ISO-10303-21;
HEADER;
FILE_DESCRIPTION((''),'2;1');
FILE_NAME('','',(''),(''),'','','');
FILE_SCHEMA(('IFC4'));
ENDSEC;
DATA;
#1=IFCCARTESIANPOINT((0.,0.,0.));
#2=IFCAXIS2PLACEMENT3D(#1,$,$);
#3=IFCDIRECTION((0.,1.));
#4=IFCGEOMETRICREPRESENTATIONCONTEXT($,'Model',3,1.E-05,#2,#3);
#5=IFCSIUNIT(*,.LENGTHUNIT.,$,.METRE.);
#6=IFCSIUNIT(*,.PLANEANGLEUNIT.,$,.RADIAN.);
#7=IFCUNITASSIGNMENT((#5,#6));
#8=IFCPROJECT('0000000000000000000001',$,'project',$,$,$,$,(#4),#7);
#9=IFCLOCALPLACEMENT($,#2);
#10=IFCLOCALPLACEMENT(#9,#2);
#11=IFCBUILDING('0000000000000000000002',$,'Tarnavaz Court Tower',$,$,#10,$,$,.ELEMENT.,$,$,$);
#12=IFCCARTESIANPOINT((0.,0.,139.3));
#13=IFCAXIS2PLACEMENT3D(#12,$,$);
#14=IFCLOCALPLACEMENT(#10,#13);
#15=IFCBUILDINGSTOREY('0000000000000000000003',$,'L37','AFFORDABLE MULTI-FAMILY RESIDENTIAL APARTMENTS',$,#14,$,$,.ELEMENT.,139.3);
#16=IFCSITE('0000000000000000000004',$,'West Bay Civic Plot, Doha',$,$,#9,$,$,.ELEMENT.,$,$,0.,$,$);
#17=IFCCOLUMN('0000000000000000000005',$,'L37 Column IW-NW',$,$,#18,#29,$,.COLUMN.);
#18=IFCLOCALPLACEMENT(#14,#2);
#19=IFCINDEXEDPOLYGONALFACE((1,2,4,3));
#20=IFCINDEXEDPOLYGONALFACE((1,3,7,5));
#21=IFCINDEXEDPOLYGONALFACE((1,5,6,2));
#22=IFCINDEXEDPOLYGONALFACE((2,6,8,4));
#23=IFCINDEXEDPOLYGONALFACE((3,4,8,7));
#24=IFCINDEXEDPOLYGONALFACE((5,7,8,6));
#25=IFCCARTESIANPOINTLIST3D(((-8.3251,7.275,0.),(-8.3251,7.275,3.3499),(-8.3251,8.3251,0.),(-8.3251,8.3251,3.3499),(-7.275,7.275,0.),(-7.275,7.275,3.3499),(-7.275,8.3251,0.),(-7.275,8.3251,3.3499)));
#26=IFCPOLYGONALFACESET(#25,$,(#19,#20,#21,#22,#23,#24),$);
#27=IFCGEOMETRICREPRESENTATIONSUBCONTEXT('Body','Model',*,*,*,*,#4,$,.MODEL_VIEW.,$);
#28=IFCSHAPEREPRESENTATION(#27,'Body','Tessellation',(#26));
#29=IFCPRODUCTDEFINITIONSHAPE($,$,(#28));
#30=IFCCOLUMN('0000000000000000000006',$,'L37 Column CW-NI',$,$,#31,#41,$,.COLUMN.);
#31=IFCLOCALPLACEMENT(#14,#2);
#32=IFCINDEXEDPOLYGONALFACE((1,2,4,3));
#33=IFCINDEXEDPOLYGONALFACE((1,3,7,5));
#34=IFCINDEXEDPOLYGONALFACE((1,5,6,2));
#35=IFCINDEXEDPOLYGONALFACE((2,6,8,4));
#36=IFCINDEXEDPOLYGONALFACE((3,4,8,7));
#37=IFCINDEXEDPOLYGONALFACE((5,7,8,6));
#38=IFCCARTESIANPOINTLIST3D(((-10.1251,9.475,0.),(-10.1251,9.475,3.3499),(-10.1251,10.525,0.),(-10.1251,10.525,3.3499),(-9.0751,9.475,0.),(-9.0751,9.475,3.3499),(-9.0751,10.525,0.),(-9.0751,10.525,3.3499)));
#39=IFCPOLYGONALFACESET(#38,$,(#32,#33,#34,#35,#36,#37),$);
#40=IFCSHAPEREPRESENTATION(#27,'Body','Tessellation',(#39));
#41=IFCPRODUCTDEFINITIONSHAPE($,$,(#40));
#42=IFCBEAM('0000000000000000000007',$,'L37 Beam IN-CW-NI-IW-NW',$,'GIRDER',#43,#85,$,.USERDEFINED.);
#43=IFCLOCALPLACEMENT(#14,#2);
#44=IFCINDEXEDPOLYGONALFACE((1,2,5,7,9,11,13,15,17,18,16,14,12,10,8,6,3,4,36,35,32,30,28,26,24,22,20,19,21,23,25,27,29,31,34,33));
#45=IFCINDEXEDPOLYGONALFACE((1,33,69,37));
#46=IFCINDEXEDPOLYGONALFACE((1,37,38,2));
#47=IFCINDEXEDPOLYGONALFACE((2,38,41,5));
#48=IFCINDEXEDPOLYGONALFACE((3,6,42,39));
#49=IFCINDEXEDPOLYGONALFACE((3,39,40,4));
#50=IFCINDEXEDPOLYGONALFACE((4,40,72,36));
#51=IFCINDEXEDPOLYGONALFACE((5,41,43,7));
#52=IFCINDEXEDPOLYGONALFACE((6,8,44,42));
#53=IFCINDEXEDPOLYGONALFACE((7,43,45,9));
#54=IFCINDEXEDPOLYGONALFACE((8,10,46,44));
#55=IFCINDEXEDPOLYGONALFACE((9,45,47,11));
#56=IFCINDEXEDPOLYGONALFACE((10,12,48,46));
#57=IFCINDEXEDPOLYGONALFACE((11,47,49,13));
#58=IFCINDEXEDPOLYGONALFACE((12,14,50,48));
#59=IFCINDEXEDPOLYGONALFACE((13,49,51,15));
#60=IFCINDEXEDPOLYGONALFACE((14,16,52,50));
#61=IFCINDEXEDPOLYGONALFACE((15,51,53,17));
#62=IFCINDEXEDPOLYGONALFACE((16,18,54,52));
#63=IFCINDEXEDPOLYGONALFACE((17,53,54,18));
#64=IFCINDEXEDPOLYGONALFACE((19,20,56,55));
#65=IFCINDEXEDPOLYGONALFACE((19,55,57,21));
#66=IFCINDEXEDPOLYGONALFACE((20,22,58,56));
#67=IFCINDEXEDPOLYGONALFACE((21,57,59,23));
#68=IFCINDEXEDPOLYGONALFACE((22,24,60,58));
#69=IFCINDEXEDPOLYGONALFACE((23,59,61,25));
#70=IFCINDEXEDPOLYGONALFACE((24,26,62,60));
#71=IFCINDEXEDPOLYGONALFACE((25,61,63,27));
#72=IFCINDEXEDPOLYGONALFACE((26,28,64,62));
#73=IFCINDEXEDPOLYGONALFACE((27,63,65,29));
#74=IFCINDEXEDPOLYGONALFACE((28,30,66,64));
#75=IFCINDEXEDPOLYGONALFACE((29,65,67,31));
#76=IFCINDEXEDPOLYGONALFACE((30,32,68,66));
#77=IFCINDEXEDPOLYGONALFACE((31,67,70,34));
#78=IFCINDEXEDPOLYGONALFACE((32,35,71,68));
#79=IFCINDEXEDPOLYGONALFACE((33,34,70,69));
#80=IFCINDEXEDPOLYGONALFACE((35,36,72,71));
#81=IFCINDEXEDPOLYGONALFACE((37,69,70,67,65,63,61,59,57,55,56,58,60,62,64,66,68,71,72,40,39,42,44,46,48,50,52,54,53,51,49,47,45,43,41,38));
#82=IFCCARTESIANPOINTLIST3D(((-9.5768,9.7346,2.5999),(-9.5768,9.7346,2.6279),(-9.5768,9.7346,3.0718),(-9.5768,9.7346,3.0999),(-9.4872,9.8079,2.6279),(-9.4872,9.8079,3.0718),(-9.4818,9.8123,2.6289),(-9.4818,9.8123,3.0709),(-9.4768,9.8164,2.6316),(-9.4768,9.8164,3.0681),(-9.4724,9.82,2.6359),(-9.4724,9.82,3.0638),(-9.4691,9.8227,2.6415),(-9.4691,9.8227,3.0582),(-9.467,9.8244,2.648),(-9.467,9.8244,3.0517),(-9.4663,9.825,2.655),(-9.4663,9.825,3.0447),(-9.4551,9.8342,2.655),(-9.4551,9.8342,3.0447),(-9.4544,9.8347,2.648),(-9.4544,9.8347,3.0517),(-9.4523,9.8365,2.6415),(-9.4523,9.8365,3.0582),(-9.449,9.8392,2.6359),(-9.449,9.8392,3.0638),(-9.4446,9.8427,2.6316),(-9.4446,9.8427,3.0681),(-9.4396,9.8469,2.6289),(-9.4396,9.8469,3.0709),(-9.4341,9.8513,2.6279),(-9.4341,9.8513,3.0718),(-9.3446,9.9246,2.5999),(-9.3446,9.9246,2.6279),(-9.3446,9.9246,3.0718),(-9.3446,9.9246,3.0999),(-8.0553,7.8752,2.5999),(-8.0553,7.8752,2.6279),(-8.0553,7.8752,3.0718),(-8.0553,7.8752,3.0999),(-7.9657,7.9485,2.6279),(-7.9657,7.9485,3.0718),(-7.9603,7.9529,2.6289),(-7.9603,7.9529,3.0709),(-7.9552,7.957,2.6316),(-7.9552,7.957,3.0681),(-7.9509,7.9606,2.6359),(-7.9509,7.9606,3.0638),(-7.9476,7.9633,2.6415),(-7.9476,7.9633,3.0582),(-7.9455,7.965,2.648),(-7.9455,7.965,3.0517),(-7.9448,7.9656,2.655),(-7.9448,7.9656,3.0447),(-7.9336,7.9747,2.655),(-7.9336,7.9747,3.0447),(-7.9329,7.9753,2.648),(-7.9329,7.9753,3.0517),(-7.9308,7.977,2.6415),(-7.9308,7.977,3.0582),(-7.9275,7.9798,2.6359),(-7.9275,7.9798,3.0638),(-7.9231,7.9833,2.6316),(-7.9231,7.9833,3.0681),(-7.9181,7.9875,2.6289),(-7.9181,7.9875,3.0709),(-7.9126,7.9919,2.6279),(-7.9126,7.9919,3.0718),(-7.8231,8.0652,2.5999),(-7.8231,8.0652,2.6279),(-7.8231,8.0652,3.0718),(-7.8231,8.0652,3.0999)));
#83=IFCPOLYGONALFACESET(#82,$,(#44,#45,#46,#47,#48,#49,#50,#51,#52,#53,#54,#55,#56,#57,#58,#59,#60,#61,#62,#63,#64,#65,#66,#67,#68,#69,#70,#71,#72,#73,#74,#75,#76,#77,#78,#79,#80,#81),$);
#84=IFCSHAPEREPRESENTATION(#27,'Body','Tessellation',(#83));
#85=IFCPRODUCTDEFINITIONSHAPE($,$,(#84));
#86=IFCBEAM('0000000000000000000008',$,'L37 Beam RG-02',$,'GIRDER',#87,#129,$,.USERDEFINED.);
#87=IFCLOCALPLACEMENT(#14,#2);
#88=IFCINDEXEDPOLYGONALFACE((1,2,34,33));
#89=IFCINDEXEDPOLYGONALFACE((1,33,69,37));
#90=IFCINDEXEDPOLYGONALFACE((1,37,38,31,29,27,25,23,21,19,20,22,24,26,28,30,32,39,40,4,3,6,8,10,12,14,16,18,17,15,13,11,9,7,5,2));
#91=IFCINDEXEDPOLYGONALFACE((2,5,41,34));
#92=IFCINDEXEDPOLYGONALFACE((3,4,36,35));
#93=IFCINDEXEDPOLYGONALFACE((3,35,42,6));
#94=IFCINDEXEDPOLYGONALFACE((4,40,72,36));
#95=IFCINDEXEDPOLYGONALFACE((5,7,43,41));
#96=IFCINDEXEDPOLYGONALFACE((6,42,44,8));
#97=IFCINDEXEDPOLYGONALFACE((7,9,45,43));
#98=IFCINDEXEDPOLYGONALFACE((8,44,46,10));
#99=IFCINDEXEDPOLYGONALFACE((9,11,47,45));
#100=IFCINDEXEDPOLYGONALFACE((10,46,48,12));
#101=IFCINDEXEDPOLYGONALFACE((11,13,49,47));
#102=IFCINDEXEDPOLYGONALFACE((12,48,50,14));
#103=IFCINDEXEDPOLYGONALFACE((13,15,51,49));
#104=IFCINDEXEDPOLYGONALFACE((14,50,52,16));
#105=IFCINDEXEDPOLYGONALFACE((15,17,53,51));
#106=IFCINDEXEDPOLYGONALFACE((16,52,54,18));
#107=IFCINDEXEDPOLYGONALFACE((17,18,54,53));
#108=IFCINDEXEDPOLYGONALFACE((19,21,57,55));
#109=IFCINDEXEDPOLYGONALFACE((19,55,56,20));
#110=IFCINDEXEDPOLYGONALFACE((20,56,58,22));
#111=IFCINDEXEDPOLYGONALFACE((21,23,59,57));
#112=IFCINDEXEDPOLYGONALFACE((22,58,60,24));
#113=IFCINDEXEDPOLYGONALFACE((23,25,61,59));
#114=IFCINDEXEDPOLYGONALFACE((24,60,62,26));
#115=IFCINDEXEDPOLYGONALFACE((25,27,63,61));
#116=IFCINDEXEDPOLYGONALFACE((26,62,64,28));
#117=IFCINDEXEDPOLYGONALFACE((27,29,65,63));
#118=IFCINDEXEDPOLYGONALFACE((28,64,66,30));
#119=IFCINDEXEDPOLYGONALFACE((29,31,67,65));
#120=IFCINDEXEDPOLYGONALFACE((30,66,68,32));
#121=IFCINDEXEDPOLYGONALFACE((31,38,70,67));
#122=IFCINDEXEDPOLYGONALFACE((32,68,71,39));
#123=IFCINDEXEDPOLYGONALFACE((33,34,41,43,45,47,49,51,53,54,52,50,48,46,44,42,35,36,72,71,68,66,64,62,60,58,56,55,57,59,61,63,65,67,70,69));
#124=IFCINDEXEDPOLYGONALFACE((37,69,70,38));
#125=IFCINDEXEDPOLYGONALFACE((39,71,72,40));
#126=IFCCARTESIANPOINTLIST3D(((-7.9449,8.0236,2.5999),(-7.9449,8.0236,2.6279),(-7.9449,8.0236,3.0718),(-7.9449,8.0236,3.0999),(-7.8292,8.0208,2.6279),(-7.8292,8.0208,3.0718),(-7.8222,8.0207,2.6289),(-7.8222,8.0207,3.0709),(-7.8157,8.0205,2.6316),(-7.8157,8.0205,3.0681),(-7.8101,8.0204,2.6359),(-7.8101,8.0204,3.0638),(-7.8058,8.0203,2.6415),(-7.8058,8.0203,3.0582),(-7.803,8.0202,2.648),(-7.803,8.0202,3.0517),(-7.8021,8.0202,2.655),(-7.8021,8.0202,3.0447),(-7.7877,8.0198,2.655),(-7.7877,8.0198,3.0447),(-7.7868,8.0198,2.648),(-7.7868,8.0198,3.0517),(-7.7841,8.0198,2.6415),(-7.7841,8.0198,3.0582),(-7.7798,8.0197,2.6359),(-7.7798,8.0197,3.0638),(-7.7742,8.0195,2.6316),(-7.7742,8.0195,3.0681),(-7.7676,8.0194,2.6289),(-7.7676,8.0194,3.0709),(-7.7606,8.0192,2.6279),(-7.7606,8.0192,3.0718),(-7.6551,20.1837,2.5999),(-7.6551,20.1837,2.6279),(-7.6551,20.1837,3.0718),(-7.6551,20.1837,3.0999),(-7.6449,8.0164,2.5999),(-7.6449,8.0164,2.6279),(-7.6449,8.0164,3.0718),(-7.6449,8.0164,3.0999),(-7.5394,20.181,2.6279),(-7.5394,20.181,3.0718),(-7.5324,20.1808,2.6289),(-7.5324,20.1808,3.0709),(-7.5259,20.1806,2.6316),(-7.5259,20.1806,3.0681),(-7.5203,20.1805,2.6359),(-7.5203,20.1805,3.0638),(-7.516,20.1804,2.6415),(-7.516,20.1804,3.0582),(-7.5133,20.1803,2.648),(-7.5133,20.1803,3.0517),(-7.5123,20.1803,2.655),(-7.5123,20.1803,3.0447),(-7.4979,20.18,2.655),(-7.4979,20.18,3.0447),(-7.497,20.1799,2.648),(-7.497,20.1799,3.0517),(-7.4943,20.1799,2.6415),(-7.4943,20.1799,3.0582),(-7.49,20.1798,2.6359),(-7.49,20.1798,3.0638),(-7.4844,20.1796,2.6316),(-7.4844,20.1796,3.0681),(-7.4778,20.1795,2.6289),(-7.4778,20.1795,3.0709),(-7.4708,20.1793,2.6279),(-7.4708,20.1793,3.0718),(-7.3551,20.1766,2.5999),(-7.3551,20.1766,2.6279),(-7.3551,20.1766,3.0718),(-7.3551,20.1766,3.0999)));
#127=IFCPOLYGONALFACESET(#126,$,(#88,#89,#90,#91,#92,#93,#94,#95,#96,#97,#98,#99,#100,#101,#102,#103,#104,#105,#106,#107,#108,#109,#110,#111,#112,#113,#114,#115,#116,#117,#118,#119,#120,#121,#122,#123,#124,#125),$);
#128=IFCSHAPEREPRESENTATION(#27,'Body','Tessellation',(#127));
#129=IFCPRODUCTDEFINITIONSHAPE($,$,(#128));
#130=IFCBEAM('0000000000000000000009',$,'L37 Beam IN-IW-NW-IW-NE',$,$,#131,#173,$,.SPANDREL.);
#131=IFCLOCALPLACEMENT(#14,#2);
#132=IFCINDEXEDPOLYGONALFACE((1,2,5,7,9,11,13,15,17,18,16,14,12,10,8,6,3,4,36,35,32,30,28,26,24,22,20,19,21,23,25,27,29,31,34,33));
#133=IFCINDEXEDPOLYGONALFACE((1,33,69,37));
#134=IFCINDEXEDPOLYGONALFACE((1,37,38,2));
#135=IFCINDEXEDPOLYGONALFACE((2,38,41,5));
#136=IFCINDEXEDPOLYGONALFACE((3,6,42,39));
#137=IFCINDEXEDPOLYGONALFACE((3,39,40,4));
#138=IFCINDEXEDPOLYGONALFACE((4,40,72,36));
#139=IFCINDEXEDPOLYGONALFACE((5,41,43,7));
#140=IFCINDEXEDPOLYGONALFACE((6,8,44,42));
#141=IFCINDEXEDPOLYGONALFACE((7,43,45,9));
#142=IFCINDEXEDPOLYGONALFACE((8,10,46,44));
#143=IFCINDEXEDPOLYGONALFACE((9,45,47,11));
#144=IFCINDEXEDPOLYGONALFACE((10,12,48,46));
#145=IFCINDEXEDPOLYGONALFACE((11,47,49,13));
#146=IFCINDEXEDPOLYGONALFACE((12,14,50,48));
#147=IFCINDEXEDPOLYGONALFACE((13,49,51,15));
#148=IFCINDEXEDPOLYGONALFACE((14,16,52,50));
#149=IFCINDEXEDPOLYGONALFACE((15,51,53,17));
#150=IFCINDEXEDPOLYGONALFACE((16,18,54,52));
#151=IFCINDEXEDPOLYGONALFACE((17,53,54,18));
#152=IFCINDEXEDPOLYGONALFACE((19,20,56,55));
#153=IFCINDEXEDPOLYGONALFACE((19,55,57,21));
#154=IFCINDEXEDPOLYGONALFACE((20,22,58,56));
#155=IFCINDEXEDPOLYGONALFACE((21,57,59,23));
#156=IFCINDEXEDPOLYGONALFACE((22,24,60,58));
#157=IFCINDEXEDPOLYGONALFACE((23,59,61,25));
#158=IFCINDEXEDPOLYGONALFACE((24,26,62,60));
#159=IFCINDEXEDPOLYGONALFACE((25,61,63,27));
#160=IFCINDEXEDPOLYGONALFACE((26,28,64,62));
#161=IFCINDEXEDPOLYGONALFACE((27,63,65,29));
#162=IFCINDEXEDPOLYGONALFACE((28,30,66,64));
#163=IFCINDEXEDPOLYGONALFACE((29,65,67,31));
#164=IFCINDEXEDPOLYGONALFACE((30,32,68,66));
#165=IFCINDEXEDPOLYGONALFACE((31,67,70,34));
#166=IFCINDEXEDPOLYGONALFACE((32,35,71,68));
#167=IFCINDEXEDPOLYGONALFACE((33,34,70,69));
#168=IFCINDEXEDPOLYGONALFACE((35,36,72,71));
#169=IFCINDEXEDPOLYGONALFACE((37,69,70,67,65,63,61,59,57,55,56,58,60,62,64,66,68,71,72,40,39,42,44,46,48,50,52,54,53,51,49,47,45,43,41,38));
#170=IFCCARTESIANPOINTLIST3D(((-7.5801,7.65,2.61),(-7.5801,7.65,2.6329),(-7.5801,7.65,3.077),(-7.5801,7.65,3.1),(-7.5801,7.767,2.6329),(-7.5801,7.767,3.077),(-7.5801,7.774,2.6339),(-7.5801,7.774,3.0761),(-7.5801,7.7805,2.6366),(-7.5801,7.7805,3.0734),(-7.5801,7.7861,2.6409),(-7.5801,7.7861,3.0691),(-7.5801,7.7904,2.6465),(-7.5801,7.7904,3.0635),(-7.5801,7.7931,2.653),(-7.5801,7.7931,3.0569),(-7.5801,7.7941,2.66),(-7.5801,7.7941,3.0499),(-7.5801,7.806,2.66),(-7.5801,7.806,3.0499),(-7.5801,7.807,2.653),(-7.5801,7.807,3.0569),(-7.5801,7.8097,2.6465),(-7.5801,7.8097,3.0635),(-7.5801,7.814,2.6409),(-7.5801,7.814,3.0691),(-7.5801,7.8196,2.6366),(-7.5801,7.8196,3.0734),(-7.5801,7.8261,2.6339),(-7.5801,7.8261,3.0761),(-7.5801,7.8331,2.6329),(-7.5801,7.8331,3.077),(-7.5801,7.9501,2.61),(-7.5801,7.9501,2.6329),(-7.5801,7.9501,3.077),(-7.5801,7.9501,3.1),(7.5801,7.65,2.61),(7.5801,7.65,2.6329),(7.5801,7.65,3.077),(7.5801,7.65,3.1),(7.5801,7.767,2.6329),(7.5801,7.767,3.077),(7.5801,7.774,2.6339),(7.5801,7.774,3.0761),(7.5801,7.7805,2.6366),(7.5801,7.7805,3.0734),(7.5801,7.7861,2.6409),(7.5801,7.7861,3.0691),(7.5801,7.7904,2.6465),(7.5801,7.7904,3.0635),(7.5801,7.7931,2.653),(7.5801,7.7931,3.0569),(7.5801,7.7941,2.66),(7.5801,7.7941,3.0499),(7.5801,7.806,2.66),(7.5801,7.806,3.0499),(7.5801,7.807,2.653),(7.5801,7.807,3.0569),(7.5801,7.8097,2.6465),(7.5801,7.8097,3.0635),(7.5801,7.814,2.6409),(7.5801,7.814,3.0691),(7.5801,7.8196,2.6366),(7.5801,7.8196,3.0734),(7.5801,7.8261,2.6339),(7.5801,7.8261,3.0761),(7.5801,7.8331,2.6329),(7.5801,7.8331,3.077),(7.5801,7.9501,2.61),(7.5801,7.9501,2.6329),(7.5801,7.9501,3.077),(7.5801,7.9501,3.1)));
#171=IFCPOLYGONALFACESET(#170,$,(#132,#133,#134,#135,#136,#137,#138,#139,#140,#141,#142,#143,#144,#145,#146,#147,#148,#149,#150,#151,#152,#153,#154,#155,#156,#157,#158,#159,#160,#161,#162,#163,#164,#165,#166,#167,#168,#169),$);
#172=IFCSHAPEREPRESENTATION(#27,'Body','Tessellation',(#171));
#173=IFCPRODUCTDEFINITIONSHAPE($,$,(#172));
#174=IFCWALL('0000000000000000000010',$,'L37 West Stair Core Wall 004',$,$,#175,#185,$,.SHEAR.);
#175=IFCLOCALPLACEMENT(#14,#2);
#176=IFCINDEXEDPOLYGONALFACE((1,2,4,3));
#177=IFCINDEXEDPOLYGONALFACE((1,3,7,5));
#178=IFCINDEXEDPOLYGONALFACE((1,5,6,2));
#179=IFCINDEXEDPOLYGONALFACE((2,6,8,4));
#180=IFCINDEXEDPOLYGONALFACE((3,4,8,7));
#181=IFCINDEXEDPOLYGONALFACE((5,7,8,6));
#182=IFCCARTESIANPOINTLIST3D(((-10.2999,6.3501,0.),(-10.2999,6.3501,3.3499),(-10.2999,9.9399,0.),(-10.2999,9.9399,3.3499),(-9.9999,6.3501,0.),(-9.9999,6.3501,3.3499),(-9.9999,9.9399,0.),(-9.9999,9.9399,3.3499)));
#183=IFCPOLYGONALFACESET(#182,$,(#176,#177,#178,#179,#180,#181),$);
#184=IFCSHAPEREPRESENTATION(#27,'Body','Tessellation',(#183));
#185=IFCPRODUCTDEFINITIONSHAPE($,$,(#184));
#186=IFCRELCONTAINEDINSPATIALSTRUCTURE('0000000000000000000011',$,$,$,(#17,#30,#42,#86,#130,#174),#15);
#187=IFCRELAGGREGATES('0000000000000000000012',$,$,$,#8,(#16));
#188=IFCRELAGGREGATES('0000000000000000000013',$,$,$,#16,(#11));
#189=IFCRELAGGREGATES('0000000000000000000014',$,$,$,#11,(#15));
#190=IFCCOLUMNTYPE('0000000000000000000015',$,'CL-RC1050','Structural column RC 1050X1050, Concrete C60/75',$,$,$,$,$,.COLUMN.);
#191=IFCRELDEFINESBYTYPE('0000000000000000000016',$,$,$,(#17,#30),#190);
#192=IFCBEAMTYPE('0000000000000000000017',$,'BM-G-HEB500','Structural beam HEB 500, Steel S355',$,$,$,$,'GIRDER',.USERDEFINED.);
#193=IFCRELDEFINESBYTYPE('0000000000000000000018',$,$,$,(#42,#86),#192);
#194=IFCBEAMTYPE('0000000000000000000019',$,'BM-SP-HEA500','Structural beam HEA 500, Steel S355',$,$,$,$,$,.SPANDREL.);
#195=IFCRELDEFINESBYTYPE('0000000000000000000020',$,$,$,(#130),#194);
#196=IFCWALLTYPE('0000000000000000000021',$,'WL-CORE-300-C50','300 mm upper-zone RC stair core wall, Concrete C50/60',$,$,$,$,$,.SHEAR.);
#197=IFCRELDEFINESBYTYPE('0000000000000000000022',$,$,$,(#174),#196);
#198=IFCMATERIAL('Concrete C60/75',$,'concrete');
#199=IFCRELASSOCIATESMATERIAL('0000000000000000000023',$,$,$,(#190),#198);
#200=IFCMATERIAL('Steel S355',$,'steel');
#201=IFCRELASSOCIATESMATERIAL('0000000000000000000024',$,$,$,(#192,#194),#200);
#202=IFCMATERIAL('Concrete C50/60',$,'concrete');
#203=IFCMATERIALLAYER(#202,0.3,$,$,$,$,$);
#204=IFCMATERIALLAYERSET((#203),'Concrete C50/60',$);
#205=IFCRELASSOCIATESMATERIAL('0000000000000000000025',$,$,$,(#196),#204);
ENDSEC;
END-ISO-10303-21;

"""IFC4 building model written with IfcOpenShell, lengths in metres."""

from ifc_helpers import new_model, si_unit, direction, frame, frame_2d, origin, origin_2d, place, context, subcontext, project, spatial, rectangle, i_section, extrude, material, layer, layer_set, material_profile, profile_set, type_object, element, save


model = new_model("IFC4")

# Units and contexts
model_context = context("Model", 3, precision=1e-05, world=origin(), true_north=direction((0.0, 1.0)))
body_context = subcontext(model_context, "Body", "Model", "MODEL_VIEW")
ifc_project = project(units=[si_unit("LENGTHUNIT", "METRE"), si_unit("PLANEANGLEUNIT", "RADIAN")], contexts=[model_context])

# Site, building, storey
site_placement = place(None, origin())
site = spatial("IfcSite", under=ifc_project, at=site_placement, Name="West Bay Civic Plot, Doha", CompositionType="ELEMENT", RefElevation=0.0)
building_placement = place(site_placement, origin())
building = spatial("IfcBuilding", under=site, at=building_placement, Name="Tarnavaz Court Tower", CompositionType="ELEMENT")
storey_placement = place(building_placement, frame((0.0, 0.0, 139.3)))
storey = spatial("IfcBuildingStorey", under=building, at=storey_placement, Name="L37", Description="AFFORDABLE MULTI-FAMILY RESIDENTIAL APARTMENTS", CompositionType="ELEMENT", Elevation=139.3)

# Columns
ifc_material_1 = material(Name="Concrete C60/75", Category="concrete")
ifc_material_profile_1 = material_profile(ifc_material_1, rectangle(XDim=1.05, YDim=1.05, at=origin_2d()), Name="RC 1050X1050")
ifc_profile_set_1 = profile_set([ifc_material_profile_1], Name="Concrete C60/75")
column_type = type_object("IfcColumnType", Name="CL-RC1050", Description="Structural column RC 1050X1050, Concrete C60/75", PredefinedType="COLUMN", material=ifc_profile_set_1)
for number, where, z_axis, x_axis, name in (
    (1, (-7.8, 7.8, 0.0), (0.0, 0.0, 1.0), (1.0, 0.0, 0.0), "L37 Column IW-NW"),
    (2, (-9.6001, 10.0, 0.0), (0.0, 0.0, 1.0), (1.0, 0.0, 0.0), "L37 Column CW-NI"),
):
    element("IfcColumn", number, at=place(storey_placement, frame(where, z_axis=z_axis, x_axis=x_axis)), inside=storey, type_object=column_type, Name=name, PredefinedType="COLUMN", context=body_context, shape_type="SweptSolid", body=[
        extrude(rectangle(XDim=1.05, YDim=1.05, at=origin_2d()), origin(), (0.0, 0.0, 1.0), 3.3499),
    ])

# Beams
ifc_material_2 = material(Name="Steel S355", Category="steel")
ifc_material_profile_2 = material_profile(ifc_material_2, i_section(OverallWidth=0.3, OverallDepth=0.5, WebThickness=0.0144, FlangeThickness=0.0281, FilletRadius=0.0271, at=origin_2d()), Name="HEB 500")
ifc_profile_set_2 = profile_set([ifc_material_profile_2], Name="Steel S355")
beam_type_1 = type_object("IfcBeamType", Name="BM-G-HEB500", Description="Structural beam HEB 500, Steel S355", ElementType="GIRDER", PredefinedType="USERDEFINED", material=ifc_profile_set_2)
beam_1_placement = place(storey_placement, frame((-9.4607, 9.8296, 2.8499), z_axis=(0.633282, -0.773921, 0.0), x_axis=(0.773921, 0.633282, 0.0)))
element("IfcBeam", 3, at=beam_1_placement, inside=storey, type_object=beam_type_1, Name="L37 Beam IN-CW-NI-IW-NW", ObjectType="GIRDER", PredefinedType="USERDEFINED", context=body_context, shape_type="SweptSolid", body=[
    extrude(i_section(OverallWidth=0.3, OverallDepth=0.5, WebThickness=0.0144, FlangeThickness=0.0281, FilletRadius=0.0271, at=origin_2d()), origin(), (0.0, 0.0, 1.0), 2.4026),
])
beam_2_placement = place(storey_placement, frame((-7.7949, 8.02, 2.8499), z_axis=(0.023825, 0.999716, 0.0), x_axis=(-0.999716, 0.023825, 0.0)))
element("IfcBeam", 4, at=beam_2_placement, inside=storey, type_object=beam_type_1, Name="L37 Beam RG-02", ObjectType="GIRDER", PredefinedType="USERDEFINED", context=body_context, shape_type="SweptSolid", body=[
    extrude(i_section(OverallWidth=0.3, OverallDepth=0.5, WebThickness=0.0144, FlangeThickness=0.0281, FilletRadius=0.0271, at=origin_2d()), origin(), (0.0, 0.0, 1.0), 12.1636),
])
ifc_material_profile_3 = material_profile(ifc_material_2, i_section(OverallWidth=0.3, OverallDepth=0.49, WebThickness=0.012, FlangeThickness=0.0229, FilletRadius=0.0271, at=origin_2d()), Name="HEA 500")
ifc_profile_set_3 = profile_set([ifc_material_profile_3], Name="Steel S355")
beam_type_2 = type_object("IfcBeamType", Name="BM-SP-HEA500", Description="Structural beam HEA 500, Steel S355", PredefinedType="SPANDREL", material=ifc_profile_set_3)
beam_3_placement = place(storey_placement, frame((-7.5801, 7.8, 2.855), z_axis=(1.0, 0.0, 0.0), x_axis=(0.0, 1.0, 0.0)))
element("IfcBeam", 5, at=beam_3_placement, inside=storey, type_object=beam_type_2, Name="L37 Beam IN-IW-NW-IW-NE", PredefinedType="SPANDREL", context=body_context, shape_type="SweptSolid", body=[
    extrude(i_section(OverallWidth=0.3, OverallDepth=0.49, WebThickness=0.012, FlangeThickness=0.0229, FilletRadius=0.0271, at=origin_2d()), origin(), (0.0, 0.0, 1.0), 15.1602),
])

# Wall
ifc_material_3 = material(Name="Concrete C50/60", Category="concrete")
ifc_layer_1 = layer(ifc_material_3, 0.3)
ifc_layer_set_1 = layer_set([ifc_layer_1], Name="Concrete C50/60")
wall_type_1 = type_object("IfcWallType", Name="WL-CORE-300-C50", Description="300 mm upper-zone RC stair core wall, Concrete C50/60", PredefinedType="SHEAR", material=ifc_layer_set_1)
wall_1_placement = place(storey_placement, frame((-10.1499, 6.3501, 0.0), z_axis=(0.0, 0.0, 1.0), x_axis=(0.0, 1.0, 0.0)))
element("IfcWall", 6, at=wall_1_placement, inside=storey, type_object=wall_type_1, Name="L37 West Stair Core Wall 004", PredefinedType="SHEAR", context=body_context, shape_type="SweptSolid", body=[
    extrude(rectangle(XDim=3.5898, YDim=0.3, at=frame_2d((1.7949, 0.0))), origin(), (0.0, 0.0, 1.0), 3.3499),
])

save(model, "model.ifc")
